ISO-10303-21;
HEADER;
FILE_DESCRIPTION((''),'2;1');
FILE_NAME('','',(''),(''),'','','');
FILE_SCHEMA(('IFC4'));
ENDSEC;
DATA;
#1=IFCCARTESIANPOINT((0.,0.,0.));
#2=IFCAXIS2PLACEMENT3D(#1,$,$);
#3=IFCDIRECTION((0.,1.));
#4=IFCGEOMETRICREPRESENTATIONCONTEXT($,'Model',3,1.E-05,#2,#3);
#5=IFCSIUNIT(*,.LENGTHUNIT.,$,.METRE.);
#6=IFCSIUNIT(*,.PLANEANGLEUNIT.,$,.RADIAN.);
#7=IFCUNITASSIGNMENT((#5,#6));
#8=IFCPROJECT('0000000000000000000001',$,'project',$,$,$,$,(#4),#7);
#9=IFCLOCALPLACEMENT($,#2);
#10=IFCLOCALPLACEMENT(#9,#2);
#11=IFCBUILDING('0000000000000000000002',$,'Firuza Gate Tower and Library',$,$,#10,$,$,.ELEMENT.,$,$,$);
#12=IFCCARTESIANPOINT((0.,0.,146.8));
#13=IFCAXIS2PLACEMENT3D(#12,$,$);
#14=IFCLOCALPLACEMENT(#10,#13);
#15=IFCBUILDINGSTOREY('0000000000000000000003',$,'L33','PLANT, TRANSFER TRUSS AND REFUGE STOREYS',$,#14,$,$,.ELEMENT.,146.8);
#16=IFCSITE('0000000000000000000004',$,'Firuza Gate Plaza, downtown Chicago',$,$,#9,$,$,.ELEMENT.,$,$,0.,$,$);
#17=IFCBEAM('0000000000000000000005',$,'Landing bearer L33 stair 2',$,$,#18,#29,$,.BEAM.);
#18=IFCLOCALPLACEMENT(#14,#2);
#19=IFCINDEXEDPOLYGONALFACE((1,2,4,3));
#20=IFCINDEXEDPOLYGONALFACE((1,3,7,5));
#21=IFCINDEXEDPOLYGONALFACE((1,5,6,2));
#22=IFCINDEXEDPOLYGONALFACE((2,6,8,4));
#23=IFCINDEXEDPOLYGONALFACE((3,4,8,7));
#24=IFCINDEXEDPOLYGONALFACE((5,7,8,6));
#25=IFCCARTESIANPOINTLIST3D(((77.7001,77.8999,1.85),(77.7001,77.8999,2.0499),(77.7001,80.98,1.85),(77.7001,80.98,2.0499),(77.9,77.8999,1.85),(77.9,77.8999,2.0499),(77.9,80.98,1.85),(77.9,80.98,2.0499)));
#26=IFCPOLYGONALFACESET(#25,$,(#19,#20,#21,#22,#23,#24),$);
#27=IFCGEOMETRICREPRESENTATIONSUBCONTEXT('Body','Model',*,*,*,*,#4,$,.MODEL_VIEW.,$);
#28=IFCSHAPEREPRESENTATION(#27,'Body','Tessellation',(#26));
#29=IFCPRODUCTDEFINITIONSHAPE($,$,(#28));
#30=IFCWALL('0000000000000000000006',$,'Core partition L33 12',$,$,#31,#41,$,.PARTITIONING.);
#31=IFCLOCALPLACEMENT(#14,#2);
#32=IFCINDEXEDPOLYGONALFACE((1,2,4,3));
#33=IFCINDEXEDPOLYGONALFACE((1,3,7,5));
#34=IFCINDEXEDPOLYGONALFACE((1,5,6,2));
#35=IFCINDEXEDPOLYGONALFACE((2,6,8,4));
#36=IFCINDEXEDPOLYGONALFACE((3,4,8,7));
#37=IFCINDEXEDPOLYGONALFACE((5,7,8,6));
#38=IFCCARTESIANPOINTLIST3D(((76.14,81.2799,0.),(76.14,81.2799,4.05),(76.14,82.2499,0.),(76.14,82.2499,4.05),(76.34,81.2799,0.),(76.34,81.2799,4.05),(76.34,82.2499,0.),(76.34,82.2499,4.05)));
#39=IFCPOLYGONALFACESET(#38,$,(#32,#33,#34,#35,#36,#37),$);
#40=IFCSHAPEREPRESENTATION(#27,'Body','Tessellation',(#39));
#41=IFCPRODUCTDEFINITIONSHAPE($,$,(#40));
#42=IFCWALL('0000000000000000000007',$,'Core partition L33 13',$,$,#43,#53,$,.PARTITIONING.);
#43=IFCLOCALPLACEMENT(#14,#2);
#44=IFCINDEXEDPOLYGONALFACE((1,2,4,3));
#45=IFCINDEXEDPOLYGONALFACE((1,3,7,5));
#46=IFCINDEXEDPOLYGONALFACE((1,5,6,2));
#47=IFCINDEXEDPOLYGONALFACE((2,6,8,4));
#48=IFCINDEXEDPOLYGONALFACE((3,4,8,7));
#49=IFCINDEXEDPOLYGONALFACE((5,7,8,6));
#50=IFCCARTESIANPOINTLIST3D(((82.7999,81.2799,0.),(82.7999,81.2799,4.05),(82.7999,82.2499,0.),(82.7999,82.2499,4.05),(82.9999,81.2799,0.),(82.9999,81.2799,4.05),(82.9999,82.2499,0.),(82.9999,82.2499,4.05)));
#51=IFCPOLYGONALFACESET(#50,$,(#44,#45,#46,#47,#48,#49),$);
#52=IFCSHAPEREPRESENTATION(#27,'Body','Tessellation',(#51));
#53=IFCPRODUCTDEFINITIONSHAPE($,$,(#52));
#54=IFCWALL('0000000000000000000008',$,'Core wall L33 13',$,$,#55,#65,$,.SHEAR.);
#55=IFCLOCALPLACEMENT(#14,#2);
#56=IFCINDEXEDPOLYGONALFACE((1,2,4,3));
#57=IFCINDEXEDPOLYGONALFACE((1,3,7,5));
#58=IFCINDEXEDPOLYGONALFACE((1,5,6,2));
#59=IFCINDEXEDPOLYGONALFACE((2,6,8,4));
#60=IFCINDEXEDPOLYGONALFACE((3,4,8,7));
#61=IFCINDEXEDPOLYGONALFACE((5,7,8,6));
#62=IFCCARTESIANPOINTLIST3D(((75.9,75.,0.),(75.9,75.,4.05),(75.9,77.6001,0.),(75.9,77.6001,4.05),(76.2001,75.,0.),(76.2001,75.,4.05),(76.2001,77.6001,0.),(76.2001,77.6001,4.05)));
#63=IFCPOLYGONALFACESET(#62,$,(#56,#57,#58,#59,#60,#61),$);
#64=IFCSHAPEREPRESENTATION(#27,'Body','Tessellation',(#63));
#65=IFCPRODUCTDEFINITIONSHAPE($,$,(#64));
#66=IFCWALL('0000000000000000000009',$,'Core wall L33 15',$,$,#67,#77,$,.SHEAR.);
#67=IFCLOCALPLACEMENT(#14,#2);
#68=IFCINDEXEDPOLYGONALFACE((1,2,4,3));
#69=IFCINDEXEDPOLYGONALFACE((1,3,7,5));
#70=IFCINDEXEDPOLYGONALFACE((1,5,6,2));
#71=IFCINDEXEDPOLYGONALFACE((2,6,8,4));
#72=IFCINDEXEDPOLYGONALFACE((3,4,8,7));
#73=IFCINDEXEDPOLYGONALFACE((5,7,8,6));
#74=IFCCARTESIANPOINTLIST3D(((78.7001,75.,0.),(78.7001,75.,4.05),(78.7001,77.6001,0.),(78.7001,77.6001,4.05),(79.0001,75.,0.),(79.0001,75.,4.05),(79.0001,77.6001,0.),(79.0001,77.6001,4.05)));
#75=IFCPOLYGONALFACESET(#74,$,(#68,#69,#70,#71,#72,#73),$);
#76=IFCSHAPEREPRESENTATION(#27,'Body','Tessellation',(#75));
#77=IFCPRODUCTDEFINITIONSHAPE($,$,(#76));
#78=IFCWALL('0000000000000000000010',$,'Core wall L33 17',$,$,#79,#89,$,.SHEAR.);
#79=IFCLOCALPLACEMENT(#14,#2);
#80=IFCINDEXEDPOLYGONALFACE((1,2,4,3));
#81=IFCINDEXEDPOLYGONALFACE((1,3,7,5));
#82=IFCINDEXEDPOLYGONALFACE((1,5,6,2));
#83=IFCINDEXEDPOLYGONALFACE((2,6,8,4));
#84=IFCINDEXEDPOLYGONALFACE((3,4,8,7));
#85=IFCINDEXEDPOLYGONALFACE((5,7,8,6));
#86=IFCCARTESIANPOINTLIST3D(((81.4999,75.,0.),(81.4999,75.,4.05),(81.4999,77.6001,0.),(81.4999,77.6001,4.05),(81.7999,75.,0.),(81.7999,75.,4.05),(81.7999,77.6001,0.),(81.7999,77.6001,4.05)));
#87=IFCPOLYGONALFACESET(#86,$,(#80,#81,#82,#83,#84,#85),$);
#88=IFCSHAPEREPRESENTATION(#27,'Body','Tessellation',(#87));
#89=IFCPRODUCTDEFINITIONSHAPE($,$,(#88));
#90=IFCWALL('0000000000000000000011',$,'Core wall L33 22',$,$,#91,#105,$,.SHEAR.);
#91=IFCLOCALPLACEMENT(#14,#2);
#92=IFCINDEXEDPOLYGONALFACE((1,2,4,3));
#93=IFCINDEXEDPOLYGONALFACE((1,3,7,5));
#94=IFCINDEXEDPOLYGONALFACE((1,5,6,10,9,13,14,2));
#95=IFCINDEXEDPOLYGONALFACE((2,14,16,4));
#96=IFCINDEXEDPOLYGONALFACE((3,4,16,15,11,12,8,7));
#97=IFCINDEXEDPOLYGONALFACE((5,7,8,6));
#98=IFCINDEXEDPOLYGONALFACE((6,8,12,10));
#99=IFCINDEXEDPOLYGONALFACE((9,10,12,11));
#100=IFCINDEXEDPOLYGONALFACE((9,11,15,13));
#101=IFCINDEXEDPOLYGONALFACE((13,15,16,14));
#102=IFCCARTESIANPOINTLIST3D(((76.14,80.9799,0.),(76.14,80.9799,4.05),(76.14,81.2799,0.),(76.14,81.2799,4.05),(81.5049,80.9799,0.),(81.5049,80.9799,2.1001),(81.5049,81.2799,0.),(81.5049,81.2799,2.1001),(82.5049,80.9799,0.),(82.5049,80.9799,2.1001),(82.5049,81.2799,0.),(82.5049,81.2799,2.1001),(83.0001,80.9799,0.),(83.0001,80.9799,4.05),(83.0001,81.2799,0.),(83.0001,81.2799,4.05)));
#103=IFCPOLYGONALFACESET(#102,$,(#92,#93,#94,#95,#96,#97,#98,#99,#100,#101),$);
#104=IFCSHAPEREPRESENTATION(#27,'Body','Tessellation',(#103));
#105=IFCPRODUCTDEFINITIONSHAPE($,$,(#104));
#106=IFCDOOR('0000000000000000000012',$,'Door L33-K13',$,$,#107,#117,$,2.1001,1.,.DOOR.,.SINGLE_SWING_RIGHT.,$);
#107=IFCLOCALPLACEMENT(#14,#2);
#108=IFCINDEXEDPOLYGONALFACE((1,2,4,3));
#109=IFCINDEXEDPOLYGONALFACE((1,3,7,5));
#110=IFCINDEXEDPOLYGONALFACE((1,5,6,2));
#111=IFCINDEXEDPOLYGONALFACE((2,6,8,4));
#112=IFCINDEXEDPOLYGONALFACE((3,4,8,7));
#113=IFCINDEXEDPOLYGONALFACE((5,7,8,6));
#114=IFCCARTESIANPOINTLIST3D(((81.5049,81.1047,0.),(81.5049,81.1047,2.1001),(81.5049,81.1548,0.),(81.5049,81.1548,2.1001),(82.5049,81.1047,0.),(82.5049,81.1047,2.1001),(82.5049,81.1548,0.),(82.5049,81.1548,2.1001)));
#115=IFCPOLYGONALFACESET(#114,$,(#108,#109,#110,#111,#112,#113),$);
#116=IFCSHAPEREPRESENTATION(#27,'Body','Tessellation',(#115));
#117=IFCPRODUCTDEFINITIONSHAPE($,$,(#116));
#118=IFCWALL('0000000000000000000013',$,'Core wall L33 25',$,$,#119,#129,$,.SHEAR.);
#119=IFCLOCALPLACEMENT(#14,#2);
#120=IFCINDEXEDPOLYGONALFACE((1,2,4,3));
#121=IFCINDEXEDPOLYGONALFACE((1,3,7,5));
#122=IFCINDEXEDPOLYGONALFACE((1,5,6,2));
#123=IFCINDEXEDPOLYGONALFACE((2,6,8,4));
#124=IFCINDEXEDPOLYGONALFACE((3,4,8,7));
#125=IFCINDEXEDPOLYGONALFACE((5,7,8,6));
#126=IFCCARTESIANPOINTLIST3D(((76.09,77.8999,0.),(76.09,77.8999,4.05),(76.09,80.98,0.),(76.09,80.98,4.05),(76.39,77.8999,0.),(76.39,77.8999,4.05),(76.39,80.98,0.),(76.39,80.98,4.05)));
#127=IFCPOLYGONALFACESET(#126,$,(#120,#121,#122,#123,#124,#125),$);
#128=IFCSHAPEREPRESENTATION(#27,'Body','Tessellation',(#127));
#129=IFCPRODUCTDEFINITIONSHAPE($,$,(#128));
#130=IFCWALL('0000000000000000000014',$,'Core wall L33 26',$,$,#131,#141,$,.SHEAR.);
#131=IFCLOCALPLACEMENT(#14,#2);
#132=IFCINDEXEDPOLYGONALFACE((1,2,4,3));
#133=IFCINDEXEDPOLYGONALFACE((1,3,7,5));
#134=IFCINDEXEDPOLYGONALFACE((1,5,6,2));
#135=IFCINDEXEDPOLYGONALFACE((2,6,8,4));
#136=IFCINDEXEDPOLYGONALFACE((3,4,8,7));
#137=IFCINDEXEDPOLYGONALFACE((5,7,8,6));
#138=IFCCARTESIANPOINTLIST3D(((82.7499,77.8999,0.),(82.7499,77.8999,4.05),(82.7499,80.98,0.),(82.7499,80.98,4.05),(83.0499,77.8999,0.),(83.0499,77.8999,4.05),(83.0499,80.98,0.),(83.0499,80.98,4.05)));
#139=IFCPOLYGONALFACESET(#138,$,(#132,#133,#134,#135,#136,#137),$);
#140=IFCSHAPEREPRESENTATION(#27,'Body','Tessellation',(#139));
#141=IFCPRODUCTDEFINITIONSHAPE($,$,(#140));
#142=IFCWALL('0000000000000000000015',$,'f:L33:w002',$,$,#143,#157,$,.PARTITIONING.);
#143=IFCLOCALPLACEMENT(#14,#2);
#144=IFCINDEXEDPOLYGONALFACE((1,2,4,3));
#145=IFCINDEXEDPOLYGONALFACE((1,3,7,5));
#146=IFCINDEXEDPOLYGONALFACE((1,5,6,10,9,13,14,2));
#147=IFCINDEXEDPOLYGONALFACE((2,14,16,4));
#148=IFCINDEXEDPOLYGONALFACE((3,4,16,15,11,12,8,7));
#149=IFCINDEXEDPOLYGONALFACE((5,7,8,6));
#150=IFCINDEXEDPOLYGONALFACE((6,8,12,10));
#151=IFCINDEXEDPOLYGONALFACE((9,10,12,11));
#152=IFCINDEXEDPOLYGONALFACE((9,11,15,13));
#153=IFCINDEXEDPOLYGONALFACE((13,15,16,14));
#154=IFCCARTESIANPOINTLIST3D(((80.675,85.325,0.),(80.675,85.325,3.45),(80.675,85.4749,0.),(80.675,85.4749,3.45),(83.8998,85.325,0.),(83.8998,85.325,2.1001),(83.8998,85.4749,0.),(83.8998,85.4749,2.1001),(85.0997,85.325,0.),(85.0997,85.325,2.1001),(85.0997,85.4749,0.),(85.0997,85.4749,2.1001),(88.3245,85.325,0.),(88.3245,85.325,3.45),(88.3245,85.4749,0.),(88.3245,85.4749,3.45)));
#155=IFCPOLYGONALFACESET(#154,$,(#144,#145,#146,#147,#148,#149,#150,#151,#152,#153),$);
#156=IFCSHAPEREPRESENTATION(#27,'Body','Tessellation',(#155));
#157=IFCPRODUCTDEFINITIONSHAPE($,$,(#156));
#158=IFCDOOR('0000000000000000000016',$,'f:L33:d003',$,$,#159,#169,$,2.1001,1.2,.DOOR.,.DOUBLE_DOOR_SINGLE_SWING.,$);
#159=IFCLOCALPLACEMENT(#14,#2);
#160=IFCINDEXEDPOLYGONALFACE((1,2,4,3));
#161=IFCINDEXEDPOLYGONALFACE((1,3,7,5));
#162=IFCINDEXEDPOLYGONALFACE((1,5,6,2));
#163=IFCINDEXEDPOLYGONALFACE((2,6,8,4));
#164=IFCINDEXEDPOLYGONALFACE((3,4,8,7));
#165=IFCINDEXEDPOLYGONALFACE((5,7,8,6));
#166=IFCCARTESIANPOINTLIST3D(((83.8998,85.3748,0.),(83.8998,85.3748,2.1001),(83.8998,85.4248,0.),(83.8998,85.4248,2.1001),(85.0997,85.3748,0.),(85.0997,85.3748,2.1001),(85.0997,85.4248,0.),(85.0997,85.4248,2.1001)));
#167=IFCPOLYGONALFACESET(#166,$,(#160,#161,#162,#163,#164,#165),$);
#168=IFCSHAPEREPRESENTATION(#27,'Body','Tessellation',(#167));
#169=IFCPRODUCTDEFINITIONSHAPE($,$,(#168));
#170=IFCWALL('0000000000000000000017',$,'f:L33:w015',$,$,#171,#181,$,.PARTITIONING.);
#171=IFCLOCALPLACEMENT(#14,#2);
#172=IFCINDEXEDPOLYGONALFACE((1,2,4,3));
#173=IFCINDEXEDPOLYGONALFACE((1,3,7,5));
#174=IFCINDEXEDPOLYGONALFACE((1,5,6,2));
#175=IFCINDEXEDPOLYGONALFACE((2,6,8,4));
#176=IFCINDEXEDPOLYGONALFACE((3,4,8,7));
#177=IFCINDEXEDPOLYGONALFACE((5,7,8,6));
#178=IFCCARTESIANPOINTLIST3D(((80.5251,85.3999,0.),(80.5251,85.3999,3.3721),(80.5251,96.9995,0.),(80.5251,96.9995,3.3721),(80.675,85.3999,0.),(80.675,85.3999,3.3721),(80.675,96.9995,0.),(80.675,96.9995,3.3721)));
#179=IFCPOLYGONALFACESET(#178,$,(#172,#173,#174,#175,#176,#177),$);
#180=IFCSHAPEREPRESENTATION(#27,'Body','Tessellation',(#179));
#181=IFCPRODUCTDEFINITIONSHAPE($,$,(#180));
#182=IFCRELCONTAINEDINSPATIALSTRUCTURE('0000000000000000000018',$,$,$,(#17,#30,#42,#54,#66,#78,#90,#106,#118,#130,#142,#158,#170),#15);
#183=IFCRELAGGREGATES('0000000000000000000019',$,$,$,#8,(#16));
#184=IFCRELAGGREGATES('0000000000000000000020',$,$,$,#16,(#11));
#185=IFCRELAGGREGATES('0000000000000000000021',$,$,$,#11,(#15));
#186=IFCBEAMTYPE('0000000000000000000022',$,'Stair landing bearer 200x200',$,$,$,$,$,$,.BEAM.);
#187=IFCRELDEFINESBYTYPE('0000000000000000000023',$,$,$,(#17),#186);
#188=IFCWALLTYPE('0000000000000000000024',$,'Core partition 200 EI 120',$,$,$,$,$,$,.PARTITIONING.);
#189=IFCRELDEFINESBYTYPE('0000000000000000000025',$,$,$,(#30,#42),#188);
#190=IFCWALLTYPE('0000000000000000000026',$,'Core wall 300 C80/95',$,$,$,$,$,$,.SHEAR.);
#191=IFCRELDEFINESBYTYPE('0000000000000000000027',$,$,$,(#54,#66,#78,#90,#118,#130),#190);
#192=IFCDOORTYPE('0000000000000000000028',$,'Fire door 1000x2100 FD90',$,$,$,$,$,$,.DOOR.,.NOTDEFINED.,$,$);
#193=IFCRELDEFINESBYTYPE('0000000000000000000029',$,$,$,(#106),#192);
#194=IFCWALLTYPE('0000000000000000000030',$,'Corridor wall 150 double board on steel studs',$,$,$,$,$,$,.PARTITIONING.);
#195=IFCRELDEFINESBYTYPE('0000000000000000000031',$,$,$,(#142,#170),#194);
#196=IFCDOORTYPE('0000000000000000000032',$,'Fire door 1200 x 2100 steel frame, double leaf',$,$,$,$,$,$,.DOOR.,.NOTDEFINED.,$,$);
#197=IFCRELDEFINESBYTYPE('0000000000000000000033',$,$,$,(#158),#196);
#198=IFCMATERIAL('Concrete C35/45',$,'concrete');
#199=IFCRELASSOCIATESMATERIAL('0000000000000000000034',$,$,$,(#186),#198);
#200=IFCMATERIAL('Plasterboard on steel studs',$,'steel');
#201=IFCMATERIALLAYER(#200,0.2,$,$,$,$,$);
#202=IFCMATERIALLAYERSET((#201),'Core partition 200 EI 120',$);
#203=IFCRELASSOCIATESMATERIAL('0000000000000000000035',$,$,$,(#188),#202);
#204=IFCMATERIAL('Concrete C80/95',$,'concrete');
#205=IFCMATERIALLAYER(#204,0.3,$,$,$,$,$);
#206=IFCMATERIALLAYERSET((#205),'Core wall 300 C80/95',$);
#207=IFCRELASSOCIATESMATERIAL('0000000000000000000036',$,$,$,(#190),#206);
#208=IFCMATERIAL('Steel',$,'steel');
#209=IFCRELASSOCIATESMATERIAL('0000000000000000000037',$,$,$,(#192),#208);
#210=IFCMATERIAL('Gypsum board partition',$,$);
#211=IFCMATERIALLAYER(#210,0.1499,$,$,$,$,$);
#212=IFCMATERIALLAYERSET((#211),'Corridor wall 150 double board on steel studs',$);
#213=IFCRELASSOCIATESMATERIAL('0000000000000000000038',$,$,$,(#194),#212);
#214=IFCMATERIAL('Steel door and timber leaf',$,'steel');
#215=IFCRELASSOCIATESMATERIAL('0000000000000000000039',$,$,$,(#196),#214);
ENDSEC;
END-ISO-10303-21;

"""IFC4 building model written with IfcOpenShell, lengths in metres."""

from ifc_helpers import new_model, si_unit, direction, frame, frame_2d, origin, origin_2d, place, context, subcontext, project, spatial, rectangle, extrude, material, layer, layer_set, material_profile, profile_set, type_object, element, fill, save


model = new_model("IFC4")

# Units and contexts
model_context = context("Model", 3, precision=1e-05, world=origin(), true_north=direction((0.0, 1.0)))
body_context = subcontext(model_context, "Body", "Model", "MODEL_VIEW")
ifc_project = project(units=[si_unit("LENGTHUNIT", "METRE"), si_unit("PLANEANGLEUNIT", "RADIAN")], contexts=[model_context])

# Site, building, storey
site_placement = place(None, origin())
site = spatial("IfcSite", under=ifc_project, at=site_placement, Name="Firuza Gate Plaza, downtown Chicago", CompositionType="ELEMENT", RefElevation=0.0)
building_placement = place(site_placement, origin())
building = spatial("IfcBuilding", under=site, at=building_placement, Name="Firuza Gate Tower and Library", CompositionType="ELEMENT")
storey_placement = place(building_placement, frame((0.0, 0.0, 146.8)))
storey = spatial("IfcBuildingStorey", under=building, at=storey_placement, Name="L33", Description="PLANT, TRANSFER TRUSS AND REFUGE STOREYS", CompositionType="ELEMENT", Elevation=146.8)

# Beam
ifc_material_1 = material(Name="Concrete C35/45", Category="concrete")
ifc_material_profile = material_profile(ifc_material_1, rectangle(XDim=0.2, YDim=0.2, at=origin_2d()))
ifc_profile_set = profile_set([ifc_material_profile], Name="Concrete C35/45")
beam_type = type_object("IfcBeamType", Name="Stair landing bearer 200x200", PredefinedType="BEAM", material=ifc_profile_set)
beam_placement = place(storey_placement, frame((77.8, 80.98, 1.95), z_axis=(0.0, -1.0, 0.0), x_axis=(1.0, 0.0, 0.0)))
element("IfcBeam", 1, at=beam_placement, inside=storey, type_object=beam_type, Name="Landing bearer L33 stair 2", PredefinedType="BEAM", context=body_context, shape_type="SweptSolid", body=[
    extrude(rectangle(XDim=0.2, YDim=0.2, at=origin_2d()), origin(), (0.0, 0.0, 1.0), 3.0801),
])

# Walls
ifc_material_2 = material(Name="Plasterboard on steel studs", Category="steel")
ifc_layer_1 = layer(ifc_material_2, 0.2)
ifc_layer_set_1 = layer_set([ifc_layer_1], Name="Core partition 200 EI 120")
wall_type_1 = type_object("IfcWallType", Name="Core partition 200 EI 120", PredefinedType="PARTITIONING", material=ifc_layer_set_1)
for number, where, z_axis, x_axis, name in (
    (2, (76.24, 81.28, 0.0), (0.0, 0.0, 1.0), (0.0, 1.0, 0.0), "Core partition L33 12"),
    (3, (82.8999, 81.28, 0.0), (0.0, 0.0, 1.0), (0.0, 1.0, 0.0), "Core partition L33 13"),
):
    element("IfcWall", number, at=place(storey_placement, frame(where, z_axis=z_axis, x_axis=x_axis)), inside=storey, type_object=wall_type_1, Name=name, PredefinedType="PARTITIONING", context=body_context, shape_type="SweptSolid", body=[
        extrude(rectangle(XDim=0.97, YDim=0.2, at=frame_2d((0.4849, 0.0))), origin(), (0.0, 0.0, 1.0), 4.05),
    ])
ifc_material_3 = material(Name="Concrete C80/95", Category="concrete")
ifc_layer_2 = layer(ifc_material_3, 0.3)
ifc_layer_set_2 = layer_set([ifc_layer_2], Name="Core wall 300 C80/95")
wall_type_2 = type_object("IfcWallType", Name="Core wall 300 C80/95", PredefinedType="SHEAR", material=ifc_layer_set_2)
for number, where, z_axis, x_axis, name in (
    (4, (76.05, 75.0, 0.0), (0.0, 0.0, 1.0), (0.0, 1.0, 0.0), "Core wall L33 13"),
    (5, (78.8501, 75.0, 0.0), (0.0, 0.0, 1.0), (0.0, 1.0, 0.0), "Core wall L33 15"),
    (6, (81.6499, 75.0, 0.0), (0.0, 0.0, 1.0), (0.0, 1.0, 0.0), "Core wall L33 17"),
):
    element("IfcWall", number, at=place(storey_placement, frame(where, z_axis=z_axis, x_axis=x_axis)), inside=storey, type_object=wall_type_2, Name=name, PredefinedType="SHEAR", context=body_context, shape_type="SweptSolid", body=[
        extrude(rectangle(XDim=2.6001, YDim=0.3, at=frame_2d((1.3, 0.0))), origin(), (0.0, 0.0, 1.0), 4.05),
    ])

# Wall, opening, door
wall_1_placement = place(storey_placement, frame((76.1399, 81.1299, 0.0), z_axis=(0.0, 0.0, 1.0), x_axis=(1.0, 0.0, 0.0)))
wall_1 = element("IfcWall", 7, at=wall_1_placement, inside=storey, type_object=wall_type_2, Name="Core wall L33 22", PredefinedType="SHEAR", context=body_context, shape_type="SweptSolid", body=[
    extrude(rectangle(XDim=6.8601, YDim=0.3, at=frame_2d((3.4302, 0.0))), origin(), (0.0, 0.0, 1.0), 4.05),
])
opening_1_placement = place(wall_1_placement, frame((5.365, 0.0, 0.0)))
opening_1 = element("IfcOpeningElement", 8, at=opening_1_placement, cuts=wall_1, PredefinedType="OPENING", context=body_context, shape_type="SweptSolid", body=[
    extrude(rectangle(XDim=1.0, YDim=2.1001, at=frame_2d((0.5, 1.05))), frame((0.0, 0.1602, 0.0), z_axis=(0.0, -1.0, 0.0), x_axis=(1.0, 0.0, 0.0)), (0.0, 0.0, 1.0), 0.3201),
])
ifc_material_4 = material(Name="Steel", Category="steel")
door_type_1 = type_object("IfcDoorType", Name="Fire door 1000x2100 FD90", OperationType="NOTDEFINED", PredefinedType="DOOR", material=ifc_material_4)
door_1_placement = place(opening_1_placement, origin())
door_1 = element("IfcDoor", 9, at=door_1_placement, inside=storey, type_object=door_type_1, Name="Door L33-K13", OperationType="SINGLE_SWING_RIGHT", OverallHeight=2.1001, OverallWidth=1.0, PredefinedType="DOOR", context=body_context, shape_type="SweptSolid", body=[
    extrude(rectangle(XDim=1.0, YDim=2.1001, at=frame_2d((0.5, 1.05))), frame((0.0, 0.0249, 0.0), z_axis=(0.0, -1.0, 0.0), x_axis=(1.0, 0.0, 0.0)), (0.0, 0.0, 1.0), 0.05),
])
fill(opening_1, door_1)

# Walls
for number, where, z_axis, x_axis, name in (
    (10, (76.24, 77.8999, 0.0), (0.0, 0.0, 1.0), (0.0, 1.0, 0.0), "Core wall L33 25"),
    (11, (82.8999, 77.8999, 0.0), (0.0, 0.0, 1.0), (0.0, 1.0, 0.0), "Core wall L33 26"),
):
    element("IfcWall", number, at=place(storey_placement, frame(where, z_axis=z_axis, x_axis=x_axis)), inside=storey, type_object=wall_type_2, Name=name, PredefinedType="SHEAR", context=body_context, shape_type="SweptSolid", body=[
        extrude(rectangle(XDim=3.0801, YDim=0.3, at=frame_2d((1.54, 0.0))), origin(), (0.0, 0.0, 1.0), 4.05),
    ])

# Wall, opening, door
ifc_material_5 = material(Name="Gypsum board partition")
ifc_layer_3 = layer(ifc_material_5, 0.1499)
ifc_layer_set_3 = layer_set([ifc_layer_3], Name="Corridor wall 150 double board on steel studs")
wall_type_3 = type_object("IfcWallType", Name="Corridor wall 150 double board on steel studs", PredefinedType="PARTITIONING", material=ifc_layer_set_3)
wall_2_placement = place(storey_placement, frame((80.675, 85.3999, 0.0), z_axis=(0.0, 0.0, 1.0), x_axis=(1.0, 0.0, 0.0)))
wall_2 = element("IfcWall", 12, at=wall_2_placement, inside=storey, type_object=wall_type_3, Name="f:L33:w002", PredefinedType="PARTITIONING", context=body_context, shape_type="SweptSolid", body=[
    extrude(rectangle(XDim=7.6494, YDim=0.1499, at=frame_2d((3.8247, 0.0))), origin(), (0.0, 0.0, 1.0), 3.45),
])
opening_2_placement = place(wall_2_placement, frame((3.2246, 0.0, 0.0)))
opening_2 = element("IfcOpeningElement", 13, at=opening_2_placement, cuts=wall_2, PredefinedType="OPENING", context=body_context, shape_type="SweptSolid", body=[
    extrude(rectangle(XDim=1.2, YDim=2.1001, at=frame_2d((0.6001, 1.05))), frame((0.0, 0.085, 0.0), z_axis=(0.0, -1.0, 0.0), x_axis=(1.0, 0.0, 0.0)), (0.0, 0.0, 1.0), 0.1699),
])
ifc_material_6 = material(Name="Steel door and timber leaf", Category="steel")
door_type_2 = type_object("IfcDoorType", Name="Fire door 1200 x 2100 steel frame, double leaf", OperationType="NOTDEFINED", PredefinedType="DOOR", material=ifc_material_6)
door_2_placement = place(opening_2_placement, origin())
door_2 = element("IfcDoor", 14, at=door_2_placement, inside=storey, type_object=door_type_2, Name="f:L33:d003", OperationType="DOUBLE_DOOR_SINGLE_SWING", OverallHeight=2.1001, OverallWidth=1.2, PredefinedType="DOOR", context=body_context, shape_type="SweptSolid", body=[
    extrude(rectangle(XDim=1.2, YDim=2.1001, at=frame_2d((0.6001, 1.05))), frame((0.0, 0.0249, 0.0), z_axis=(0.0, -1.0, 0.0), x_axis=(1.0, 0.0, 0.0)), (0.0, 0.0, 1.0), 0.05),
])
fill(opening_2, door_2)

# Wall
wall_3_placement = place(storey_placement, frame((80.6001, 85.3999, 0.0), z_axis=(0.0, 0.0, 1.0), x_axis=(0.0, 1.0, 0.0)))
element("IfcWall", 15, at=wall_3_placement, inside=storey, type_object=wall_type_3, Name="f:L33:w015", PredefinedType="PARTITIONING", context=body_context, shape_type="SweptSolid", body=[
    extrude(rectangle(XDim=11.5996, YDim=0.1499, at=frame_2d((5.7998, 0.0))), origin(), (0.0, 0.0, 1.0), 3.3721),
])

save(model, "model.ifc")
